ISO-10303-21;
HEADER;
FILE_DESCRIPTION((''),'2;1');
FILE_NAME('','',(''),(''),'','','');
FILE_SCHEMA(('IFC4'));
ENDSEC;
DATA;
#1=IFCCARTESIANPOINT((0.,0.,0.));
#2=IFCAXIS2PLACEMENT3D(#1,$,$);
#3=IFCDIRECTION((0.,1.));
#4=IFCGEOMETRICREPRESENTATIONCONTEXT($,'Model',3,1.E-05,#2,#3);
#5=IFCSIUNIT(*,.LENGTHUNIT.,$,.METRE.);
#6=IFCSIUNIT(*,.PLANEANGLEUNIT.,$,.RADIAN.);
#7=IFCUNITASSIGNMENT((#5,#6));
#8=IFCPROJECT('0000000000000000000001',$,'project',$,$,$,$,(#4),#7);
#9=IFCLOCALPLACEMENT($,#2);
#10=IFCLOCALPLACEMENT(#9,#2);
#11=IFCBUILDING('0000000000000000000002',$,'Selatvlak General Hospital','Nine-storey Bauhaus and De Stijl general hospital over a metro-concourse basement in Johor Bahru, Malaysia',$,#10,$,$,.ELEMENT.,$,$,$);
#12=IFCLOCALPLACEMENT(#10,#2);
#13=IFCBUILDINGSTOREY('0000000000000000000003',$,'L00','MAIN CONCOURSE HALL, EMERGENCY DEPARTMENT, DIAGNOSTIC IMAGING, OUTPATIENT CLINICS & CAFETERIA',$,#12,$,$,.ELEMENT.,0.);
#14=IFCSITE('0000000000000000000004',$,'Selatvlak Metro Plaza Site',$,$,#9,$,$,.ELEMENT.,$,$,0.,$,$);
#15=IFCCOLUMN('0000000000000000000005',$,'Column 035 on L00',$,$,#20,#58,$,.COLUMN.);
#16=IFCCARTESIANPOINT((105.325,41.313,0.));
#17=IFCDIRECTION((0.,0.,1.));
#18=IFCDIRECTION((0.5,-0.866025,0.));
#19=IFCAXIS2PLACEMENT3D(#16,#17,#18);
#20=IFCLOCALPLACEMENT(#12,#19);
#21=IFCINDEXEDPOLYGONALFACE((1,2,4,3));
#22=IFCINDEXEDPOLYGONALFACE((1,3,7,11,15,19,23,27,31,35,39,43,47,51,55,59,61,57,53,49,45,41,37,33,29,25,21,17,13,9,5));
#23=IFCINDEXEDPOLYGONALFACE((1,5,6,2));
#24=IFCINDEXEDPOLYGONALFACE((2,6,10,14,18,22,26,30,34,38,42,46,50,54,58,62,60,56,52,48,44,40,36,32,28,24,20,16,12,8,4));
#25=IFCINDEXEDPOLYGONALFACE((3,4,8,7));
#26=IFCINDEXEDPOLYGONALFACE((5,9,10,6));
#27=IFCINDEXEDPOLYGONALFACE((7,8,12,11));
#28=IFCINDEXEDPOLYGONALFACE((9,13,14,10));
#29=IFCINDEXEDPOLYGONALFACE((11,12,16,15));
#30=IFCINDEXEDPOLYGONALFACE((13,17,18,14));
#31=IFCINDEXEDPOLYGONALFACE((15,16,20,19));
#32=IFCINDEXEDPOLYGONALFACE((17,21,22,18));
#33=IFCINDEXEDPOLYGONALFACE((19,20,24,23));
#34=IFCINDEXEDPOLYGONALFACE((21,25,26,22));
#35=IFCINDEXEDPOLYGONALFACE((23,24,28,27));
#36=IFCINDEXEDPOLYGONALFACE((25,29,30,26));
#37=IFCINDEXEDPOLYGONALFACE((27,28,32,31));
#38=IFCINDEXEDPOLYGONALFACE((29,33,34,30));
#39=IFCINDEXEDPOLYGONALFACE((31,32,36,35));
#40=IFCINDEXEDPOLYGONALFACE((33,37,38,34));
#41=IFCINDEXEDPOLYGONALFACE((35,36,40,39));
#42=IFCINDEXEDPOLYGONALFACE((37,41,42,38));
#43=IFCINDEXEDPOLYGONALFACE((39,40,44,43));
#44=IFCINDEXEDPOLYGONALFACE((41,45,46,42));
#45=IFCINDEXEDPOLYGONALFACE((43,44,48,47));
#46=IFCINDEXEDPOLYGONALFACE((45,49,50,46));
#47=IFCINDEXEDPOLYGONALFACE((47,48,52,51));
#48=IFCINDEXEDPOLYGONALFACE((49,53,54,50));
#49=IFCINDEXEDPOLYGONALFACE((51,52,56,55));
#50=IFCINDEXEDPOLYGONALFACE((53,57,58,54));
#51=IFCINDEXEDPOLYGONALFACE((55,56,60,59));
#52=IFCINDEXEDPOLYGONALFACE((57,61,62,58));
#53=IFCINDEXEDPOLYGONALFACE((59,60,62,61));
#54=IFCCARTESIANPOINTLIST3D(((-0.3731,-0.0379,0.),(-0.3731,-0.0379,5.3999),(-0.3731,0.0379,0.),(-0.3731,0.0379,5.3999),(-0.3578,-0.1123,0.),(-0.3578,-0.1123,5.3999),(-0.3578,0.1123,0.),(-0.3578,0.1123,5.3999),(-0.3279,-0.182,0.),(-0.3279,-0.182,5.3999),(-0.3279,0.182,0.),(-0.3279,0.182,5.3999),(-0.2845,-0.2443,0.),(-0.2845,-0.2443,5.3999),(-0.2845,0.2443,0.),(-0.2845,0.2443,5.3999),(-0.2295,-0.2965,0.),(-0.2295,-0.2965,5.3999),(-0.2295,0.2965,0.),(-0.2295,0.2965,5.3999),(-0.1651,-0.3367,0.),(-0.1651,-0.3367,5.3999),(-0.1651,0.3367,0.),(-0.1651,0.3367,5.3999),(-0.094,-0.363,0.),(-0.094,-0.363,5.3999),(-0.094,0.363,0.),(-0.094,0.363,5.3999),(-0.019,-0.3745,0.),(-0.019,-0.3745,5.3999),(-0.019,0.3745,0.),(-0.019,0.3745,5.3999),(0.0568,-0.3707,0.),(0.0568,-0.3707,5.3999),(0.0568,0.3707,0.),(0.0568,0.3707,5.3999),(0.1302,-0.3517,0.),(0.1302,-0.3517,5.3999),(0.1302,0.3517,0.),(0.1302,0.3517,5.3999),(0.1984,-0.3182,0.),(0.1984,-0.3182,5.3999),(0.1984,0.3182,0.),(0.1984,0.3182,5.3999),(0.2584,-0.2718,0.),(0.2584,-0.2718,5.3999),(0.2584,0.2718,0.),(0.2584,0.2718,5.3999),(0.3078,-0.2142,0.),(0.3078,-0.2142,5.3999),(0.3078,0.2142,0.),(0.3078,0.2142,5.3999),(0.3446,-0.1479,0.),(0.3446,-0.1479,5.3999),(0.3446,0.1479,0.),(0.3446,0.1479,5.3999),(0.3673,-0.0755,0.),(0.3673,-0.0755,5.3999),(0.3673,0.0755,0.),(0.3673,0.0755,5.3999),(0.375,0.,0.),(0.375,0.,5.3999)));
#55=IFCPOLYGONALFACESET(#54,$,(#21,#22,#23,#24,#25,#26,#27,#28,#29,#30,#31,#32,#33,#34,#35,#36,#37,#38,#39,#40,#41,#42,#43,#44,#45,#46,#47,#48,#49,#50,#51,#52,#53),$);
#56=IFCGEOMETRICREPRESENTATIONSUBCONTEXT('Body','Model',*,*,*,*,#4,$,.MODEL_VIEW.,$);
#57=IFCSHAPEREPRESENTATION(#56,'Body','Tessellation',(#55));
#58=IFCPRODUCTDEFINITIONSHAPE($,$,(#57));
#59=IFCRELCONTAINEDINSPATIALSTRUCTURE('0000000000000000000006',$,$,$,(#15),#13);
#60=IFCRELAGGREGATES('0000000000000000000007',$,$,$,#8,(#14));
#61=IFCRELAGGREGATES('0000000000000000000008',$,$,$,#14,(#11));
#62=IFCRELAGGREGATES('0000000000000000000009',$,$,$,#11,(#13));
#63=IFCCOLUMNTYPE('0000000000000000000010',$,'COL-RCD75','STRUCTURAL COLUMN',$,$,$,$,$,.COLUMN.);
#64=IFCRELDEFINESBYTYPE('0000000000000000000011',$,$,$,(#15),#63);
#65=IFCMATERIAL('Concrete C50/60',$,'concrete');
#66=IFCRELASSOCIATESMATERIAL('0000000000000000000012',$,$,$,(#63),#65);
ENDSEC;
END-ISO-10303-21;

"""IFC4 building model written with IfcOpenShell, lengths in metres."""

from ifc_helpers import new_model, si_unit, direction, frame, origin, origin_2d, place, context, subcontext, project, spatial, circle, extrude, material, material_profile, profile_set, type_object, element, save


model = new_model("IFC4")

# Units and contexts
model_context = context("Model", 3, precision=1e-05, world=origin(), true_north=direction((0.0, 1.0)))
body_context = subcontext(model_context, "Body", "Model", "MODEL_VIEW")
ifc_project = project(units=[si_unit("LENGTHUNIT", "METRE"), si_unit("PLANEANGLEUNIT", "RADIAN")], contexts=[model_context])

# Site, building, storey
site_placement = place(None, origin())
site = spatial("IfcSite", under=ifc_project, at=site_placement, Name="Selatvlak Metro Plaza Site", CompositionType="ELEMENT", RefElevation=0.0)
building_placement = place(site_placement, origin())
building = spatial("IfcBuilding", under=site, at=building_placement, Name="Selatvlak General Hospital", Description="Nine-storey Bauhaus and De Stijl general hospital over a metro-concourse basement in Johor Bahru, Malaysia", CompositionType="ELEMENT")
storey_placement = place(building_placement, origin())
storey = spatial("IfcBuildingStorey", under=building, at=storey_placement, Name="L00", Description="MAIN CONCOURSE HALL, EMERGENCY DEPARTMENT, DIAGNOSTIC IMAGING, OUTPATIENT CLINICS & CAFETERIA", CompositionType="ELEMENT", Elevation=0.0)

# Column
ifc_material_1 = material(Name="Concrete C50/60", Category="concrete")
ifc_material_profile_1 = material_profile(ifc_material_1, circle(Radius=0.375, at=origin_2d()), Name="RC-COL D750")
ifc_profile_set_1 = profile_set([ifc_material_profile_1], Name="Concrete C50/60")
column_type_1 = type_object("IfcColumnType", Name="COL-RCD75", Description="STRUCTURAL COLUMN", PredefinedType="COLUMN", material=ifc_profile_set_1)
column_1_placement = place(storey_placement, frame((105.325, 41.313, 0.0), z_axis=(0.0, 0.0, 1.0), x_axis=(0.5, -0.866025, 0.0)))
element("IfcColumn", 1, at=column_1_placement, inside=storey, type_object=column_type_1, Name="Column 035 on L00", PredefinedType="COLUMN", context=body_context, shape_type="SweptSolid", body=[
    extrude(circle(Radius=0.375, at=origin_2d()), origin(), (0.0, 0.0, 1.0), 5.3999),
])

save(model, "model.ifc")
